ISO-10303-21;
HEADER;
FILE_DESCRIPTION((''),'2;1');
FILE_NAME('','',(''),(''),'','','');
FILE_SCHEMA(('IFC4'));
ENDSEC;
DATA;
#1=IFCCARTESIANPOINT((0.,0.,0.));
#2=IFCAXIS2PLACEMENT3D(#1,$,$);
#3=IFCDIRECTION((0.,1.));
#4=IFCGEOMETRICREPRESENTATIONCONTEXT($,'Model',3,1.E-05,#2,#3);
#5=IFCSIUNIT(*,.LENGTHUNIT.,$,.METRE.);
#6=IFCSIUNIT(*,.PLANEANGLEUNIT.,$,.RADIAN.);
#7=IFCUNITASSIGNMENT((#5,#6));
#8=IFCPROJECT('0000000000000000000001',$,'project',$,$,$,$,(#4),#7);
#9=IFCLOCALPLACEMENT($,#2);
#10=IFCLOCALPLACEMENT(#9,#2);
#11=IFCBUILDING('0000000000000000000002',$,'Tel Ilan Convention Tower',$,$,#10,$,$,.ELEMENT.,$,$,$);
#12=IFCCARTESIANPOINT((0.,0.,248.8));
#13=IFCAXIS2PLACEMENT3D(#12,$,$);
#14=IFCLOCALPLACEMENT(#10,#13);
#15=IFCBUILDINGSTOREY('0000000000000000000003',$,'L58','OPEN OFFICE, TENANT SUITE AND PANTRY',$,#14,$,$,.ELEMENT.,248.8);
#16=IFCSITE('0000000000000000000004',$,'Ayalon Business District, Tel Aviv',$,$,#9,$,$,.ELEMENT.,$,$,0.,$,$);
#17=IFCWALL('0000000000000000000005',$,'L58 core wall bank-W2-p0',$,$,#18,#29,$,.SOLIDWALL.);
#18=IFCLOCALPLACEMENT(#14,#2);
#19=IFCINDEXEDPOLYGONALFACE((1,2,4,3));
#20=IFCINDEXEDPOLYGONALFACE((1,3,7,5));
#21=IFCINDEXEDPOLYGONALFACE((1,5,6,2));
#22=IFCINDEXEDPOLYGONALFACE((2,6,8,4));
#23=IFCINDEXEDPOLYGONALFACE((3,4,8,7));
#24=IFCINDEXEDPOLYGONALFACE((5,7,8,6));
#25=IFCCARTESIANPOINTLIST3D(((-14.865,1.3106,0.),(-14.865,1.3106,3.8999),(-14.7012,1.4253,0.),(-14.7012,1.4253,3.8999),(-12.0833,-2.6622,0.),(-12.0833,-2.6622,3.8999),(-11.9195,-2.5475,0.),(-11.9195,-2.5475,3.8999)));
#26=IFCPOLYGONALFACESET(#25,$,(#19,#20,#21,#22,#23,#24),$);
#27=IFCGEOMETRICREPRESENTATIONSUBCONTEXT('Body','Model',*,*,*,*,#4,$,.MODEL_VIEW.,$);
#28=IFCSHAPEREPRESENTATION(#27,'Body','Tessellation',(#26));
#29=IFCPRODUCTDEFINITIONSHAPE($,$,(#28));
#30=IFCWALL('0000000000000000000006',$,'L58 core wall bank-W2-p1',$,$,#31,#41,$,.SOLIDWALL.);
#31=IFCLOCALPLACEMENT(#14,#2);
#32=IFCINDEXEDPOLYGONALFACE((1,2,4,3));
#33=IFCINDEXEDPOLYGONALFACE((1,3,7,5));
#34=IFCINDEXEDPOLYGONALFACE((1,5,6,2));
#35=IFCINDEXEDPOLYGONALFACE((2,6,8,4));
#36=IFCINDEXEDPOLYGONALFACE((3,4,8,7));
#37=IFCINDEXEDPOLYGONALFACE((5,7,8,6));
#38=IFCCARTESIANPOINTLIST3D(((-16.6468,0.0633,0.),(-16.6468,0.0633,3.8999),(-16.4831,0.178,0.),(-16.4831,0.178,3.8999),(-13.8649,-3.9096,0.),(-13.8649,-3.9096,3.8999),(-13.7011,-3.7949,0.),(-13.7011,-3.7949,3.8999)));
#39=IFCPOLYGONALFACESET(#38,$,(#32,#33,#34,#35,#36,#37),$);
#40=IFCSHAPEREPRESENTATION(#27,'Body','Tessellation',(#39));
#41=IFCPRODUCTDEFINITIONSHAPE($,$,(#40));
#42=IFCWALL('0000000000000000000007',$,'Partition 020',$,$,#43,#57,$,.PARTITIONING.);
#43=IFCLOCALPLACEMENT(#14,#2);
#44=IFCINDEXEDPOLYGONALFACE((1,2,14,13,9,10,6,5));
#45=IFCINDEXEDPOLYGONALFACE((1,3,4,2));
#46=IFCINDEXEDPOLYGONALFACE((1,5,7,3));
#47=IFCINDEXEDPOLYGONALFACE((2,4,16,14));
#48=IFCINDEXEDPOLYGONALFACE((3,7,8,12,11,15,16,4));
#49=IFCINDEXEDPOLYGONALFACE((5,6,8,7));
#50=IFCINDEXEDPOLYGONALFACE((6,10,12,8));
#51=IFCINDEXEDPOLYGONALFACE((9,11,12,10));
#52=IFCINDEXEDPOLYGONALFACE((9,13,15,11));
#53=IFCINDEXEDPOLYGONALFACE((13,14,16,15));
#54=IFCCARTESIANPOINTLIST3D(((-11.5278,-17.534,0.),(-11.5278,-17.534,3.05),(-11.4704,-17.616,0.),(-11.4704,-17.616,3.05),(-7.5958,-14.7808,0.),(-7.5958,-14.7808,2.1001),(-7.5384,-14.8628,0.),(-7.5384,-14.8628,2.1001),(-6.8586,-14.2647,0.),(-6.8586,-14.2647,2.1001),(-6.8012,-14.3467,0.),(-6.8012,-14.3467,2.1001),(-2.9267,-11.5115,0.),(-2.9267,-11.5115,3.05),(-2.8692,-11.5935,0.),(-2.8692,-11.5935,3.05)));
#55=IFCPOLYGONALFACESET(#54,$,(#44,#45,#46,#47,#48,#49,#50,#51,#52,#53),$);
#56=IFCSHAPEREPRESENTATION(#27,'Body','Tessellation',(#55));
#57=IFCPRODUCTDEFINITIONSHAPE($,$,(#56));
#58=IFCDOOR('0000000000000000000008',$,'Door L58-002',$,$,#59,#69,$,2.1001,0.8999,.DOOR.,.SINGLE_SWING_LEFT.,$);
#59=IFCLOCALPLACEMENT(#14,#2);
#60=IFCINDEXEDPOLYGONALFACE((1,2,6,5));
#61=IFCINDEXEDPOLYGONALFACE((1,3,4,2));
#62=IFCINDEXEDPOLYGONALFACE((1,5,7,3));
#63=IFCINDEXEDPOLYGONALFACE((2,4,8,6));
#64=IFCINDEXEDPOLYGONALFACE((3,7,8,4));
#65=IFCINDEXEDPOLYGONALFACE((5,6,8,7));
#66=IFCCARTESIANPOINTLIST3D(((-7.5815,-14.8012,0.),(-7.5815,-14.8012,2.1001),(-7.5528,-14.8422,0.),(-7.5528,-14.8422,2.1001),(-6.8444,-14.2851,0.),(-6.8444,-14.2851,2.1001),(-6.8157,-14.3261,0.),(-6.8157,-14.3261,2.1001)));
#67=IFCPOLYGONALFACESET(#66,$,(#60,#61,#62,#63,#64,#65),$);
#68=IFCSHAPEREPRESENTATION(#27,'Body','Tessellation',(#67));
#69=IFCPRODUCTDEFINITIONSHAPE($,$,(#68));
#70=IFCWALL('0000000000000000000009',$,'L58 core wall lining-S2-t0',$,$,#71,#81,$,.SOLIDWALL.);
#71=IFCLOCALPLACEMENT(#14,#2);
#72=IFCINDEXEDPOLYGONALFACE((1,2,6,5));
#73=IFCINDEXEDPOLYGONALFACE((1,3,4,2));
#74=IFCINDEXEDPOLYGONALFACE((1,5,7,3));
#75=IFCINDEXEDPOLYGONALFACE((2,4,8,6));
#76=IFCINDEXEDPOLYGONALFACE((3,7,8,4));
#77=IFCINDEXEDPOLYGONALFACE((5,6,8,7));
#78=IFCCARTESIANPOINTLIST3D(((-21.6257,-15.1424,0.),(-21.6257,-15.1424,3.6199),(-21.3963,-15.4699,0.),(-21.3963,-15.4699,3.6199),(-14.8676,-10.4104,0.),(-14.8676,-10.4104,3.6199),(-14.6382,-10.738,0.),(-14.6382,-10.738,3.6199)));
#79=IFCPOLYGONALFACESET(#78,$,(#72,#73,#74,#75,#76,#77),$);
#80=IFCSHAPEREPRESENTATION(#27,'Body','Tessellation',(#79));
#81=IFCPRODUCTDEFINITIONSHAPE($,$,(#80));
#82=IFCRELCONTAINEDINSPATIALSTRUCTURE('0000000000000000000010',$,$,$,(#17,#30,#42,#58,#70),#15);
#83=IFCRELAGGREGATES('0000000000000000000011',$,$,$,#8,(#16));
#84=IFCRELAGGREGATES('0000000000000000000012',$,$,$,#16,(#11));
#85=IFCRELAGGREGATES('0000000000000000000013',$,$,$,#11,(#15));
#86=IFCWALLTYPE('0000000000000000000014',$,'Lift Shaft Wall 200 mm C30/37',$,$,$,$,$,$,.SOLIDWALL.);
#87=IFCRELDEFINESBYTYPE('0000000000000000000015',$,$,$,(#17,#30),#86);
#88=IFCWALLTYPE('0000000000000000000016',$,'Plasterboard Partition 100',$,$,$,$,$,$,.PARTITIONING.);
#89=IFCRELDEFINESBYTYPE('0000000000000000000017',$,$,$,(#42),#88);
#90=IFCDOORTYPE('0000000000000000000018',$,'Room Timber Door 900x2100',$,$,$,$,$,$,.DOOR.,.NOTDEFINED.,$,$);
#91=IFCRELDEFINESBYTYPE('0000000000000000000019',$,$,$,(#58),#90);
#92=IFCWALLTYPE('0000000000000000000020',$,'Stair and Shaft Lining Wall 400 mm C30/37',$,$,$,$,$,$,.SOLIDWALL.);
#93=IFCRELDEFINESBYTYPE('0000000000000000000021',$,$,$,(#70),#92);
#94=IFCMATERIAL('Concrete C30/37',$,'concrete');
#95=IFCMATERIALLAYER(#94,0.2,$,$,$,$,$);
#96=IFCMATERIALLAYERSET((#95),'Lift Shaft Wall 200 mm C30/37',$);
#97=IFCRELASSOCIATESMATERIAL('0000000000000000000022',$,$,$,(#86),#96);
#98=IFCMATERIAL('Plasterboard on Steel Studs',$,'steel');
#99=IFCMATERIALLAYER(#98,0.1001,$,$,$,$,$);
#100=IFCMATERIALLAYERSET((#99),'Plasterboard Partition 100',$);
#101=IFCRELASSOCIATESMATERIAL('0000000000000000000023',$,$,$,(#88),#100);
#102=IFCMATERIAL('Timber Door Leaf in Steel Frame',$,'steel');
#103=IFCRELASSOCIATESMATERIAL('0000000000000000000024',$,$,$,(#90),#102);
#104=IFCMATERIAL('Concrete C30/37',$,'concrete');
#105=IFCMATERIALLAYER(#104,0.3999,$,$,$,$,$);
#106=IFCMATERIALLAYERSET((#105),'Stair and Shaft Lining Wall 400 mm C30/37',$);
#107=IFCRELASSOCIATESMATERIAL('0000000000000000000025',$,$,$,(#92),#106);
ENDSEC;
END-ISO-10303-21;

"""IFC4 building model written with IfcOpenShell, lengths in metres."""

from ifc_helpers import new_model, si_unit, direction, frame, frame_2d, origin, place, context, subcontext, project, spatial, rectangle, extrude, material, layer, layer_set, type_object, element, fill, save


model = new_model("IFC4")

# Units and contexts
model_context = context("Model", 3, precision=1e-05, world=origin(), true_north=direction((0.0, 1.0)))
body_context = subcontext(model_context, "Body", "Model", "MODEL_VIEW")
ifc_project = project(units=[si_unit("LENGTHUNIT", "METRE"), si_unit("PLANEANGLEUNIT", "RADIAN")], contexts=[model_context])

# Site, building, storey
site_placement = place(None, origin())
site = spatial("IfcSite", under=ifc_project, at=site_placement, Name="Ayalon Business District, Tel Aviv", CompositionType="ELEMENT", RefElevation=0.0)
building_placement = place(site_placement, origin())
building = spatial("IfcBuilding", under=site, at=building_placement, Name="Tel Ilan Convention Tower", CompositionType="ELEMENT")
storey_placement = place(building_placement, frame((0.0, 0.0, 248.8)))
storey = spatial("IfcBuildingStorey", under=building, at=storey_placement, Name="L58", Description="OPEN OFFICE, TENANT SUITE AND PANTRY", CompositionType="ELEMENT", Elevation=248.8)

# Walls
ifc_material_1 = material(Name="Concrete C30/37", Category="concrete")
ifc_layer_1 = layer(ifc_material_1, 0.2)
ifc_layer_set_1 = layer_set([ifc_layer_1], Name="Lift Shaft Wall 200 mm C30/37")
wall_type_1 = type_object("IfcWallType", Name="Lift Shaft Wall 200 mm C30/37", PredefinedType="SOLIDWALL", material=ifc_layer_set_1)
wall_1_placement = place(storey_placement, frame((-12.0015, -2.6047, 0.0), z_axis=(0.0, 0.0, 1.0), x_axis=(-0.57356, 0.819163, 0.0)))
element("IfcWall", 1, at=wall_1_placement, inside=storey, type_object=wall_type_1, Name="L58 core wall bank-W2-p0", PredefinedType="SOLIDWALL", context=body_context, shape_type="SweptSolid", body=[
    extrude(rectangle(XDim=4.8499, YDim=0.2, at=frame_2d((2.4248, 0.0))), origin(), (0.0, 0.0, 1.0), 3.8999),
])
wall_2_placement = place(storey_placement, frame((-13.783, -3.8523, 0.0), z_axis=(0.0, 0.0, 1.0), x_axis=(-0.573594, 0.81914, 0.0)))
element("IfcWall", 2, at=wall_2_placement, inside=storey, type_object=wall_type_1, Name="L58 core wall bank-W2-p1", PredefinedType="SOLIDWALL", context=body_context, shape_type="SweptSolid", body=[
    extrude(rectangle(XDim=4.8501, YDim=0.2, at=frame_2d((2.425, 0.0))), origin(), (0.0, 0.0, 1.0), 3.8999),
])

# Wall, opening, door
ifc_material_2 = material(Name="Plasterboard on Steel Studs", Category="steel")
ifc_layer_2 = layer(ifc_material_2, 0.1001)
ifc_layer_set_2 = layer_set([ifc_layer_2], Name="Plasterboard Partition 100")
wall_type_2 = type_object("IfcWallType", Name="Plasterboard Partition 100", PredefinedType="PARTITIONING", material=ifc_layer_set_2)
wall_3_placement = place(storey_placement, frame((-2.8979, -11.5525, 0.0), z_axis=(0.0, 0.0, 1.0), x_axis=(-0.819155, -0.573572, 0.0)))
wall_3 = element("IfcWall", 3, at=wall_3_placement, inside=storey, type_object=wall_type_2, Name="Partition 020", PredefinedType="PARTITIONING", context=body_context, shape_type="SweptSolid", body=[
    extrude(rectangle(XDim=10.5, YDim=0.1001, at=frame_2d((5.25, 0.0))), origin(), (0.0, 0.0, 1.0), 3.05),
])
opening_1_placement = place(wall_3_placement, frame((4.8, 0.0, 0.0)))
opening_1 = element("IfcOpeningElement", 4, at=opening_1_placement, cuts=wall_3, PredefinedType="OPENING", context=body_context, shape_type="SweptSolid", body=[
    extrude(rectangle(XDim=0.8999, YDim=2.1001, at=frame_2d((0.45, 1.05))), frame((0.0, 0.0601, 0.0), z_axis=(0.0, -1.0, 0.0), x_axis=(1.0, 0.0, 0.0)), (0.0, 0.0, 1.0), 0.1201),
])
ifc_material_3 = material(Name="Timber Door Leaf in Steel Frame", Category="steel")
door_type_1 = type_object("IfcDoorType", Name="Room Timber Door 900x2100", OperationType="NOTDEFINED", PredefinedType="DOOR", material=ifc_material_3)
door_1_placement = place(opening_1_placement, origin())
door_1 = element("IfcDoor", 5, at=door_1_placement, inside=storey, type_object=door_type_1, Name="Door L58-002", OperationType="SINGLE_SWING_LEFT", OverallHeight=2.1001, OverallWidth=0.8999, PredefinedType="DOOR", context=body_context, shape_type="SweptSolid", body=[
    extrude(rectangle(XDim=0.8999, YDim=2.1001, at=frame_2d((0.45, 1.05))), frame((0.0, 0.0249, 0.0), z_axis=(0.0, -1.0, 0.0), x_axis=(1.0, 0.0, 0.0)), (0.0, 0.0, 1.0), 0.05),
])
fill(opening_1, door_1)

# Wall
ifc_material_4 = material(Name="Concrete C30/37", Category="concrete")
ifc_layer_3 = layer(ifc_material_4, 0.3999)
ifc_layer_set_3 = layer_set([ifc_layer_3], Name="Stair and Shaft Lining Wall 400 mm C30/37")
wall_type_3 = type_object("IfcWallType", Name="Stair and Shaft Lining Wall 400 mm C30/37", PredefinedType="SOLIDWALL", material=ifc_layer_set_3)
wall_4_placement = place(storey_placement, frame((-14.7529, -10.5742, 0.0), z_axis=(0.0, 0.0, 1.0), x_axis=(-0.819158, -0.573568, 0.0)))
element("IfcWall", 6, at=wall_4_placement, inside=storey, type_object=wall_type_3, Name="L58 core wall lining-S2-t0", PredefinedType="SOLIDWALL", context=body_context, shape_type="SweptSolid", body=[
    extrude(rectangle(XDim=8.25, YDim=0.3999, at=frame_2d((4.125, 0.0))), origin(), (0.0, 0.0, 1.0), 3.6199),
])

save(model, "model.ifc")
